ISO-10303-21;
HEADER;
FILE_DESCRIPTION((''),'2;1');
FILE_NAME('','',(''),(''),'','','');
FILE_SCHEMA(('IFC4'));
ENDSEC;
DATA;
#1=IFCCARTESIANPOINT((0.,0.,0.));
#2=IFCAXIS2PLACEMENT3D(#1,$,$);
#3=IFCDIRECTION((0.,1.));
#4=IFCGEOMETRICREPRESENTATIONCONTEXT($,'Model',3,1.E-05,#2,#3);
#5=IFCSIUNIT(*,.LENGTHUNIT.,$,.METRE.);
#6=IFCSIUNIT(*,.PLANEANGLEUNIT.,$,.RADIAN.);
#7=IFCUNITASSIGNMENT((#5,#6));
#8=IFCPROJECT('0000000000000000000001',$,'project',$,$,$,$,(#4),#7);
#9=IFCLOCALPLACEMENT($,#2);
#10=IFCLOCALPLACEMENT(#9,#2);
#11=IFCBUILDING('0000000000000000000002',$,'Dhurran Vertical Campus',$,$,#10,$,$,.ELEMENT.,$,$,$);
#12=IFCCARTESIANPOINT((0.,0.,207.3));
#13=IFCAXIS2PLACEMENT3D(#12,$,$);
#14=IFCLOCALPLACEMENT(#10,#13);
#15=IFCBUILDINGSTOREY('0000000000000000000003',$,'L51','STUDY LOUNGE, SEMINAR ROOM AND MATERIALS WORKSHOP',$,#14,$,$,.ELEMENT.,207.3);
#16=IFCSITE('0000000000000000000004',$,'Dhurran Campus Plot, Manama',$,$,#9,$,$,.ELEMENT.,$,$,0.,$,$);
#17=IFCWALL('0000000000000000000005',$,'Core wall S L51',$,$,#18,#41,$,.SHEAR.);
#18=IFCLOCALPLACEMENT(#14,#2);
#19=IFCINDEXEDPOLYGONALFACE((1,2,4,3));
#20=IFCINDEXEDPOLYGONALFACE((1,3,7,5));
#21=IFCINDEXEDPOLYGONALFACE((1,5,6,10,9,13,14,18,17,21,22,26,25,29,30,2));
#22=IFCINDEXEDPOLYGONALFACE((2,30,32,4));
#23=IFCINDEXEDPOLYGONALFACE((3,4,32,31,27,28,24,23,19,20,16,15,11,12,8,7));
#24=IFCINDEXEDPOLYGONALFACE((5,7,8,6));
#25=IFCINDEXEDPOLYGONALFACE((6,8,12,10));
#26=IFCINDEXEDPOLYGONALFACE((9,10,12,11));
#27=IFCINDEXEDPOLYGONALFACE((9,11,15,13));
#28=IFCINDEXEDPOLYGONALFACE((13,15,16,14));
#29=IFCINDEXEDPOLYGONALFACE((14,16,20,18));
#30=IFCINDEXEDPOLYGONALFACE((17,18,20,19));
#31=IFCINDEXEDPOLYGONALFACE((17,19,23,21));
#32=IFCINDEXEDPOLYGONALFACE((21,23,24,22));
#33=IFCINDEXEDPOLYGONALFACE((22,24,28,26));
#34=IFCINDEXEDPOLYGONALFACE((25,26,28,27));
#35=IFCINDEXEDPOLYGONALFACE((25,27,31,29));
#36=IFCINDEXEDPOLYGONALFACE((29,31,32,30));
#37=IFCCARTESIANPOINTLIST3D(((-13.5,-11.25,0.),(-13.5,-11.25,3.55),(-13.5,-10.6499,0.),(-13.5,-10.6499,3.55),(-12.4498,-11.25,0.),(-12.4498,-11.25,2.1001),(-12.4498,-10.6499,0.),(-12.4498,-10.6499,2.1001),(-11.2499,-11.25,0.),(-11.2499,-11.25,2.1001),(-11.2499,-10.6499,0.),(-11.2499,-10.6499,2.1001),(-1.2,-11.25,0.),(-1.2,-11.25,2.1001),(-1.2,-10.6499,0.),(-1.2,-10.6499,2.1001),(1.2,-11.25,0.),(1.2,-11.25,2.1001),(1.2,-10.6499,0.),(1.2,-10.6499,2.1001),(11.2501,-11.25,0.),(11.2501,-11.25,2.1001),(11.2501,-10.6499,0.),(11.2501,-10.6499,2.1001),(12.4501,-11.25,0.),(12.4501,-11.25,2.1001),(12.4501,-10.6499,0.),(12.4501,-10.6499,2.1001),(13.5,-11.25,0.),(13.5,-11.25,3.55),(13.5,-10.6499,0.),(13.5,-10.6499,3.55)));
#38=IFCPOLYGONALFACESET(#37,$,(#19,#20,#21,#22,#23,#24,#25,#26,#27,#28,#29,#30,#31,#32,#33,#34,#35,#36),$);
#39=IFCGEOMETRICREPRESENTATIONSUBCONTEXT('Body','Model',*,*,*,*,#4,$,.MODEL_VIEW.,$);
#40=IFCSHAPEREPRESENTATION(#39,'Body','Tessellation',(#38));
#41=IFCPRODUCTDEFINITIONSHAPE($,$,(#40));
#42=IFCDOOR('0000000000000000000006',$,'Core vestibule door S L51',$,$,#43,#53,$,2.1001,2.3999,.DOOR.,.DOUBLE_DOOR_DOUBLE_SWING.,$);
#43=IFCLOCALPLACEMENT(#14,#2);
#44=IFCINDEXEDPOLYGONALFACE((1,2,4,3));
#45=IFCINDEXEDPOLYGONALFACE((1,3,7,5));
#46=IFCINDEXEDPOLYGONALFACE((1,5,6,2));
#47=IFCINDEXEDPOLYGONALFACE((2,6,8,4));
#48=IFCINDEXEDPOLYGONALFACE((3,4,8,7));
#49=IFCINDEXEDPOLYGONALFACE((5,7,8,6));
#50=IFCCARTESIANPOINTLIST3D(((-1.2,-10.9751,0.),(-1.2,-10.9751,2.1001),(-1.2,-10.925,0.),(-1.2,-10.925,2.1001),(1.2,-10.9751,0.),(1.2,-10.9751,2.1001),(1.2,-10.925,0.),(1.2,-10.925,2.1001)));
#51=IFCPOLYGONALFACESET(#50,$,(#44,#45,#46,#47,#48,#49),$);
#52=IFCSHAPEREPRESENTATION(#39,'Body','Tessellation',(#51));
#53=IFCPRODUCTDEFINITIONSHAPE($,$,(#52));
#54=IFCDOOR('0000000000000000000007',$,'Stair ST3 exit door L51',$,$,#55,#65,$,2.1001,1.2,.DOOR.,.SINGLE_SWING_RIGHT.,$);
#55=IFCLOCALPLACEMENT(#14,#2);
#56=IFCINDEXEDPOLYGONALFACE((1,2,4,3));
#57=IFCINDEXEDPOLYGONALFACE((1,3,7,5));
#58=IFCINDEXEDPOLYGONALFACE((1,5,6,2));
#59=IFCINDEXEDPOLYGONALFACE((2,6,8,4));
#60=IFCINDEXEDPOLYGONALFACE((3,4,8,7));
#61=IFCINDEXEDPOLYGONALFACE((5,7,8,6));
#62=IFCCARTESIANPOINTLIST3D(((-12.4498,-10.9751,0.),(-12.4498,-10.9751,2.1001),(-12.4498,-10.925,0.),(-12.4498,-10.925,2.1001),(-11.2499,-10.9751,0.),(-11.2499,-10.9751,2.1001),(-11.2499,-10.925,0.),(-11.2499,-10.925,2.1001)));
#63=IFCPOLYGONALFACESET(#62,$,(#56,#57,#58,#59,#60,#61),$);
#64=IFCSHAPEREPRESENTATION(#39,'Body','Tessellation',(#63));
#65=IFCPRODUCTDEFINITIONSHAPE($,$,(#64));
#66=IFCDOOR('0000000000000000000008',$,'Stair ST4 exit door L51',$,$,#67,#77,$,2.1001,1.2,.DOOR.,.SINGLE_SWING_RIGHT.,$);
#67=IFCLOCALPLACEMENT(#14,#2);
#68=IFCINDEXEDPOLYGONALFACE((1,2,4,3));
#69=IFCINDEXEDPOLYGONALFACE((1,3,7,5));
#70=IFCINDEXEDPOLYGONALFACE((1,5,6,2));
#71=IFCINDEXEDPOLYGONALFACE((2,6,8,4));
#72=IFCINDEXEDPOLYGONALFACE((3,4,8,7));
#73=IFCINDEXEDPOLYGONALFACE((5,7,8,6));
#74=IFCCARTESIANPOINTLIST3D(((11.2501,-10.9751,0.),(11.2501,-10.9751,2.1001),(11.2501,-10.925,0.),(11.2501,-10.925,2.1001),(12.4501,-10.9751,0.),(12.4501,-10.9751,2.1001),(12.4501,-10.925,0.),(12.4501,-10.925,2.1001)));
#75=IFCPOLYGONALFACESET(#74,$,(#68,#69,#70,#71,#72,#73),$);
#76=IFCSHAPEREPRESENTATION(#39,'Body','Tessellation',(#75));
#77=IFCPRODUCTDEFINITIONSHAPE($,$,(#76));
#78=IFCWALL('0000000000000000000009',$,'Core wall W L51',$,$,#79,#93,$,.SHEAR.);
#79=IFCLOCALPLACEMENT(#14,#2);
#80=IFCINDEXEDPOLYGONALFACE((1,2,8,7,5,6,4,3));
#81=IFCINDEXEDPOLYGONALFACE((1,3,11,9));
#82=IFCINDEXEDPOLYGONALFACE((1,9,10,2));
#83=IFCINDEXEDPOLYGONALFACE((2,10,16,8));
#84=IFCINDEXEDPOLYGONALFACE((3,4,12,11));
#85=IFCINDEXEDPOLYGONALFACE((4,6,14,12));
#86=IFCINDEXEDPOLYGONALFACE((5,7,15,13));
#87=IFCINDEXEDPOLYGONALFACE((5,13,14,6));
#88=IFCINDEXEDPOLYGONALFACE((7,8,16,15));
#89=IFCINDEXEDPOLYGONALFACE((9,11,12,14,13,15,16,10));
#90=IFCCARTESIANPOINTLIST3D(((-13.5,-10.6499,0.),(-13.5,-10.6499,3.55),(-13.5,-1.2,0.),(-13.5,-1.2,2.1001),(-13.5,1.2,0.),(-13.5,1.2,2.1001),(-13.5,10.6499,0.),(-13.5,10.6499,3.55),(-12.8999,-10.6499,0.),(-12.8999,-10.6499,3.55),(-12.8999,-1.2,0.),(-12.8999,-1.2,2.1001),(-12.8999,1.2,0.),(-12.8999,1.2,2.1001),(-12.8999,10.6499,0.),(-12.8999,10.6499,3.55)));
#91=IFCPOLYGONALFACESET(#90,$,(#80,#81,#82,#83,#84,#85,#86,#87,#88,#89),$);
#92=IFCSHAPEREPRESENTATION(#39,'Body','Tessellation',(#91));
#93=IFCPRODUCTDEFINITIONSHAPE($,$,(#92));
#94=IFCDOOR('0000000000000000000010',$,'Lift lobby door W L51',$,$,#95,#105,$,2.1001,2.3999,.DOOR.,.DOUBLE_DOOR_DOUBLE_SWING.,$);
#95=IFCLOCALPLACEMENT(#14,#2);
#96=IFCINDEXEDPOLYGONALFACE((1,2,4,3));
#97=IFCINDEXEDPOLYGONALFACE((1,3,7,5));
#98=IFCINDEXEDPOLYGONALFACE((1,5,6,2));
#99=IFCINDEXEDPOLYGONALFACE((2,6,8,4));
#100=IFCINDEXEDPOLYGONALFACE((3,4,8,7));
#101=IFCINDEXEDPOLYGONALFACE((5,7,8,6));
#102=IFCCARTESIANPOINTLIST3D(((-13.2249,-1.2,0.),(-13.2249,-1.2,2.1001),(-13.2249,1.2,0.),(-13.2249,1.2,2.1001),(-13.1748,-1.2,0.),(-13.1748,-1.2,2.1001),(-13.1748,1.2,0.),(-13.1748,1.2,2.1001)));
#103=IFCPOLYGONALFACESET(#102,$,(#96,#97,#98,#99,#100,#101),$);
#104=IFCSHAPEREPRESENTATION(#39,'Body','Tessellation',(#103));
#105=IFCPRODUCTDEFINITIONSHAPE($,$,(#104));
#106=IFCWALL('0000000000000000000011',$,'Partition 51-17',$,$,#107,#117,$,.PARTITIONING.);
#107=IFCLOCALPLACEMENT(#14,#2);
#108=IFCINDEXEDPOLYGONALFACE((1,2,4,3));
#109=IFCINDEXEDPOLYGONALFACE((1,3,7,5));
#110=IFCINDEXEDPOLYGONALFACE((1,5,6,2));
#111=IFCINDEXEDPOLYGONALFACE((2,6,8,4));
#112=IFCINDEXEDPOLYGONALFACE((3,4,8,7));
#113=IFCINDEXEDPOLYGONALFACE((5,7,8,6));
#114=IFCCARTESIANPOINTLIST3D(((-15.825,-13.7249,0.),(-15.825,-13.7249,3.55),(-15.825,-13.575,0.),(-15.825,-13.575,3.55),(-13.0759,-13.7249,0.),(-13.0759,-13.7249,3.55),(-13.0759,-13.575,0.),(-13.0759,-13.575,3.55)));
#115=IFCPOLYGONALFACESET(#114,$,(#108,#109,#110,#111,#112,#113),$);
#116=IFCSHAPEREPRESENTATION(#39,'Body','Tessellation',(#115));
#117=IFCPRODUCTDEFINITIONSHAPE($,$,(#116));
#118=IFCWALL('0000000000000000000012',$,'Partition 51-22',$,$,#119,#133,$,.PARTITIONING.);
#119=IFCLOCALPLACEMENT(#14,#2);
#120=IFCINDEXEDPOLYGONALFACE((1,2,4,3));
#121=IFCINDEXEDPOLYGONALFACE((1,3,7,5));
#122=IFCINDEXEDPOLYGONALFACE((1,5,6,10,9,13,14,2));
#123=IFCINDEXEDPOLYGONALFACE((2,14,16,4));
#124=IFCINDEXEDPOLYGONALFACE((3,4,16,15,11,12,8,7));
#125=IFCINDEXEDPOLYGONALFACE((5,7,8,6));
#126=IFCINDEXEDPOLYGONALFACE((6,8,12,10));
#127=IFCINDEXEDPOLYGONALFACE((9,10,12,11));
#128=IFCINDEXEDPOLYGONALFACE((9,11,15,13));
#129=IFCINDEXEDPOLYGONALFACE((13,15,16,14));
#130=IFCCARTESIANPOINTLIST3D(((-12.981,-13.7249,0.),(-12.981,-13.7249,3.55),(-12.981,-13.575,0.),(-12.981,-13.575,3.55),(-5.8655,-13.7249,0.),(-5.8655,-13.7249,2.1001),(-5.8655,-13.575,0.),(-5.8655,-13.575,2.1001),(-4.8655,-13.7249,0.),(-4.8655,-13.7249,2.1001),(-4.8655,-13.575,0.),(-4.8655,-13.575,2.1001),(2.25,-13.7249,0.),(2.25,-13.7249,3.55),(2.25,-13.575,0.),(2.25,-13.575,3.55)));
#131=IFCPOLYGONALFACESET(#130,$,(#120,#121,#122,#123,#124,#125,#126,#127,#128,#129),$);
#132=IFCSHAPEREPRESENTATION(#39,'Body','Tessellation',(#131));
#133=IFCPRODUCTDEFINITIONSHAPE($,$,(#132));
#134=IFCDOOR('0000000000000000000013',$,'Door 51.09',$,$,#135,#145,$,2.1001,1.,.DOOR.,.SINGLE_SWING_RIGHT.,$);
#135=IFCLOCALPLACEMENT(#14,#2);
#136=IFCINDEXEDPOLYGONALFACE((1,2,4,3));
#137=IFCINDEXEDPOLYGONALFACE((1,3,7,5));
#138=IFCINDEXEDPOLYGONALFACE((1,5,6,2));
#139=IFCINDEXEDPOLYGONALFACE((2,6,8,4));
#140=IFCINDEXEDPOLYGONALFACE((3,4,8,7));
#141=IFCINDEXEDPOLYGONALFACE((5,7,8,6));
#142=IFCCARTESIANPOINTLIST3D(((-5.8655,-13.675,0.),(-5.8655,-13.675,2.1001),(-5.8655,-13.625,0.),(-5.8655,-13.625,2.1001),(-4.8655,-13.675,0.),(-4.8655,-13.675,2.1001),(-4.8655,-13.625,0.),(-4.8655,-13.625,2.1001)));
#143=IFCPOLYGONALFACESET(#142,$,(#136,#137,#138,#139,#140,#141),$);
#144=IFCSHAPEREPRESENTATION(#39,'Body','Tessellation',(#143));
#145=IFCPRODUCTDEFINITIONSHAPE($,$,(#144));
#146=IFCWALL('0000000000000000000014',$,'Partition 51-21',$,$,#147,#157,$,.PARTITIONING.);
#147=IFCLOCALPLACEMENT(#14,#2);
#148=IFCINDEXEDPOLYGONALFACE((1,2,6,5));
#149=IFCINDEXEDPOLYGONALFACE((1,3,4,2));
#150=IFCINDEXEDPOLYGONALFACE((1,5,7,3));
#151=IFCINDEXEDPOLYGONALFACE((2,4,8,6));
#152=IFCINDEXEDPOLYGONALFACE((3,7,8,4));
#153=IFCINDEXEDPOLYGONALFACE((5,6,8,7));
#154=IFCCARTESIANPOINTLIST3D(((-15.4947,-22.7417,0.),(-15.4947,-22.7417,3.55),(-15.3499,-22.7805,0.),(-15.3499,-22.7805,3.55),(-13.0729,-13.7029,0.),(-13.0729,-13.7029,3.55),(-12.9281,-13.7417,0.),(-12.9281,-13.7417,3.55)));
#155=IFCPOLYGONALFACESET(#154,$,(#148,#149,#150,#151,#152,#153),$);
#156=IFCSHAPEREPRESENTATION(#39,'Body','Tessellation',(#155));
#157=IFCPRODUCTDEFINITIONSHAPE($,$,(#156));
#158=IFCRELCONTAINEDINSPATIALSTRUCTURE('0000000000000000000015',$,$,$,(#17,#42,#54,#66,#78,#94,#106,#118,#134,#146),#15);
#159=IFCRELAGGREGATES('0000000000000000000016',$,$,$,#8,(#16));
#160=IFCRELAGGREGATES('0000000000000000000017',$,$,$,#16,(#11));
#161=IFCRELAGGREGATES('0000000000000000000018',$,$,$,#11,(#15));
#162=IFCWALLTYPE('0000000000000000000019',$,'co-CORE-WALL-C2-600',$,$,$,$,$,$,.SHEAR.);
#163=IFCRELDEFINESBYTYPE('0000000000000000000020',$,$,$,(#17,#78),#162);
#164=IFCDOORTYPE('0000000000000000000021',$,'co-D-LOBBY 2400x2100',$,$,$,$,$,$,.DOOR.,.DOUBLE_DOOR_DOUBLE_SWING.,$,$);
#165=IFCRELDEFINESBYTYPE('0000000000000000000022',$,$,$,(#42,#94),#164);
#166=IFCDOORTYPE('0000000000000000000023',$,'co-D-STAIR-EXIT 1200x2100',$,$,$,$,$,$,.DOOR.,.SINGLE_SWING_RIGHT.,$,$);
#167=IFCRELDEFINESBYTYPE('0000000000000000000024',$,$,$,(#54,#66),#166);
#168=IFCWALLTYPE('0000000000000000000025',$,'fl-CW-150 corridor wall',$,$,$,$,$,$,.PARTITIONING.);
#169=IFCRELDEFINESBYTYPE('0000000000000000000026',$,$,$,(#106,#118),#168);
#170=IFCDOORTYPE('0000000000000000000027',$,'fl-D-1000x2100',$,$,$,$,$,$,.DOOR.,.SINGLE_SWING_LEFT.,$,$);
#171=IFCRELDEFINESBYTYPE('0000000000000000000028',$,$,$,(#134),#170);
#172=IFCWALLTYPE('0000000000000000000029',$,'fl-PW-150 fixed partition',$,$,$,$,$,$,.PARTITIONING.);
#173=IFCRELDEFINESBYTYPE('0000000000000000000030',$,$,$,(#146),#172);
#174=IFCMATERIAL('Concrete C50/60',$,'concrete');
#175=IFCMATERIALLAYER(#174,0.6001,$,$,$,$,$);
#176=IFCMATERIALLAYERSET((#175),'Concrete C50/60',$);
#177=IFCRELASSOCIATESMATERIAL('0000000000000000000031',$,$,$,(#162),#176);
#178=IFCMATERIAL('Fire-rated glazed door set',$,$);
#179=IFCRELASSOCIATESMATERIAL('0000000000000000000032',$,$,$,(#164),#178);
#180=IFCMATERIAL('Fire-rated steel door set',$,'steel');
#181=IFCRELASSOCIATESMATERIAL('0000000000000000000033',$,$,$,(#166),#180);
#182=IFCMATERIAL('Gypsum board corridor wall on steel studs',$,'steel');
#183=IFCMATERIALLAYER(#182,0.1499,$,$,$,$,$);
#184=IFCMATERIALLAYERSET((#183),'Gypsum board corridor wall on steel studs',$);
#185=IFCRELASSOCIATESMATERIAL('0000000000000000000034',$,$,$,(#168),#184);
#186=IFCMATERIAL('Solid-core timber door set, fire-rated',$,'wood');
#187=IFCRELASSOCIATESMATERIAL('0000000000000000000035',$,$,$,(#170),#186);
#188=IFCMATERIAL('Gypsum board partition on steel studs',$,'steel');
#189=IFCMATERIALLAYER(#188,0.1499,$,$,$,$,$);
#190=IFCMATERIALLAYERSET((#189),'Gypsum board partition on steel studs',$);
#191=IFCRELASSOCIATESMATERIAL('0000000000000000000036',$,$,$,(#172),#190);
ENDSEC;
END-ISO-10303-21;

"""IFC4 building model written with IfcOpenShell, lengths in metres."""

from ifc_helpers import new_model, si_unit, direction, frame, frame_2d, origin, place, context, subcontext, project, spatial, rectangle, extrude, material, layer, layer_set, type_object, element, fill, save


model = new_model("IFC4")

# Units and contexts
model_context = context("Model", 3, precision=1e-05, world=origin(), true_north=direction((0.0, 1.0)))
body_context = subcontext(model_context, "Body", "Model", "MODEL_VIEW")
ifc_project = project(units=[si_unit("LENGTHUNIT", "METRE"), si_unit("PLANEANGLEUNIT", "RADIAN")], contexts=[model_context])

# Site, building, storey
site_placement = place(None, origin())
site = spatial("IfcSite", under=ifc_project, at=site_placement, Name="Dhurran Campus Plot, Manama", CompositionType="ELEMENT", RefElevation=0.0)
building_placement = place(site_placement, origin())
building = spatial("IfcBuilding", under=site, at=building_placement, Name="Dhurran Vertical Campus", CompositionType="ELEMENT")
storey_placement = place(building_placement, frame((0.0, 0.0, 207.3)))
storey = spatial("IfcBuildingStorey", under=building, at=storey_placement, Name="L51", Description="STUDY LOUNGE, SEMINAR ROOM AND MATERIALS WORKSHOP", CompositionType="ELEMENT", Elevation=207.3)

# Wall, openings, doors
ifc_material_1 = material(Name="Concrete C50/60", Category="concrete")
ifc_layer_1 = layer(ifc_material_1, 0.6001)
ifc_layer_set_1 = layer_set([ifc_layer_1], Name="Concrete C50/60")
wall_type_1 = type_object("IfcWallType", Name="co-CORE-WALL-C2-600", PredefinedType="SHEAR", material=ifc_layer_set_1)
wall_1_placement = place(storey_placement, frame((-13.5, -10.95, 0.0), z_axis=(0.0, 0.0, 1.0), x_axis=(1.0, 0.0, 0.0)))
wall_1 = element("IfcWall", 1, at=wall_1_placement, inside=storey, type_object=wall_type_1, Name="Core wall S L51", PredefinedType="SHEAR", context=body_context, shape_type="SweptSolid", body=[
    extrude(rectangle(XDim=27.0, YDim=0.6001, at=frame_2d((13.5, 0.0))), origin(), (0.0, 0.0, 1.0), 3.55),
])
opening_1_placement = place(wall_1_placement, frame((12.3, 0.0, 0.0)))
opening_1 = element("IfcOpeningElement", 2, at=opening_1_placement, cuts=wall_1, PredefinedType="OPENING", context=body_context, shape_type="SweptSolid", body=[
    extrude(rectangle(XDim=2.3999, YDim=2.1001, at=frame_2d((1.2, 1.05))), frame((0.0, 0.3101, 0.0), z_axis=(0.0, -1.0, 0.0), x_axis=(1.0, 0.0, 0.0)), (0.0, 0.0, 1.0), 0.6201),
])
opening_2_placement = place(wall_1_placement, frame((1.05, 0.0, 0.0)))
opening_2 = element("IfcOpeningElement", 3, at=opening_2_placement, cuts=wall_1, PredefinedType="OPENING", context=body_context, shape_type="SweptSolid", body=[
    extrude(rectangle(XDim=1.2, YDim=2.1001, at=frame_2d((0.6001, 1.05))), frame((0.0, 0.3101, 0.0), z_axis=(0.0, -1.0, 0.0), x_axis=(1.0, 0.0, 0.0)), (0.0, 0.0, 1.0), 0.6201),
])
opening_3_placement = place(wall_1_placement, frame((24.75, 0.0, 0.0)))
opening_3 = element("IfcOpeningElement", 4, at=opening_3_placement, cuts=wall_1, PredefinedType="OPENING", context=body_context, shape_type="SweptSolid", body=[
    extrude(rectangle(XDim=1.2, YDim=2.1001, at=frame_2d((0.6001, 1.05))), frame((0.0, 0.3101, 0.0), z_axis=(0.0, -1.0, 0.0), x_axis=(1.0, 0.0, 0.0)), (0.0, 0.0, 1.0), 0.6201),
])
ifc_material_2 = material(Name="Fire-rated glazed door set")
door_type_1 = type_object("IfcDoorType", Name="co-D-LOBBY 2400x2100", OperationType="DOUBLE_DOOR_DOUBLE_SWING", PredefinedType="DOOR", material=ifc_material_2)
door_1_placement = place(opening_1_placement, origin())
door_1 = element("IfcDoor", 5, at=door_1_placement, inside=storey, type_object=door_type_1, Name="Core vestibule door S L51", OperationType="DOUBLE_DOOR_DOUBLE_SWING", OverallHeight=2.1001, OverallWidth=2.3999, PredefinedType="DOOR", context=body_context, shape_type="SweptSolid", body=[
    extrude(rectangle(XDim=2.3999, YDim=2.1001, at=frame_2d((1.2, 1.05))), frame((0.0, 0.0249, 0.0), z_axis=(0.0, -1.0, 0.0), x_axis=(1.0, 0.0, 0.0)), (0.0, 0.0, 1.0), 0.05),
])
fill(opening_1, door_1)
ifc_material_3 = material(Name="Fire-rated steel door set", Category="steel")
door_type_2 = type_object("IfcDoorType", Name="co-D-STAIR-EXIT 1200x2100", OperationType="SINGLE_SWING_RIGHT", PredefinedType="DOOR", material=ifc_material_3)
door_2_placement = place(opening_2_placement, origin())
door_2 = element("IfcDoor", 6, at=door_2_placement, inside=storey, type_object=door_type_2, Name="Stair ST3 exit door L51", OperationType="SINGLE_SWING_RIGHT", OverallHeight=2.1001, OverallWidth=1.2, PredefinedType="DOOR", context=body_context, shape_type="SweptSolid", body=[
    extrude(rectangle(XDim=1.2, YDim=2.1001, at=frame_2d((0.6001, 1.05))), frame((0.0, 0.0249, 0.0), z_axis=(0.0, -1.0, 0.0), x_axis=(1.0, 0.0, 0.0)), (0.0, 0.0, 1.0), 0.05),
])
fill(opening_2, door_2)
door_3_placement = place(opening_3_placement, origin())
door_3 = element("IfcDoor", 7, at=door_3_placement, inside=storey, type_object=door_type_2, Name="Stair ST4 exit door L51", OperationType="SINGLE_SWING_RIGHT", OverallHeight=2.1001, OverallWidth=1.2, PredefinedType="DOOR", context=body_context, shape_type="SweptSolid", body=[
    extrude(rectangle(XDim=1.2, YDim=2.1001, at=frame_2d((0.6001, 1.05))), frame((0.0, 0.0249, 0.0), z_axis=(0.0, -1.0, 0.0), x_axis=(1.0, 0.0, 0.0)), (0.0, 0.0, 1.0), 0.05),
])
fill(opening_3, door_3)

# Wall, opening, door
wall_2_placement = place(storey_placement, frame((-13.2, -10.6499, 0.0), z_axis=(0.0, 0.0, 1.0), x_axis=(0.0, 1.0, 0.0)))
wall_2 = element("IfcWall", 8, at=wall_2_placement, inside=storey, type_object=wall_type_1, Name="Core wall W L51", PredefinedType="SHEAR", context=body_context, shape_type="SweptSolid", body=[
    extrude(rectangle(XDim=21.2998, YDim=0.6001, at=frame_2d((10.6499, 0.0))), origin(), (0.0, 0.0, 1.0), 3.55),
])
opening_4_placement = place(wall_2_placement, frame((9.45, 0.0, 0.0)))
opening_4 = element("IfcOpeningElement", 9, at=opening_4_placement, cuts=wall_2, PredefinedType="OPENING", context=body_context, shape_type="SweptSolid", body=[
    extrude(rectangle(XDim=2.3999, YDim=2.1001, at=frame_2d((1.2, 1.05))), frame((0.0, 0.3101, 0.0), z_axis=(0.0, -1.0, 0.0), x_axis=(1.0, 0.0, 0.0)), (0.0, 0.0, 1.0), 0.6201),
])
door_4_placement = place(opening_4_placement, origin())
door_4 = element("IfcDoor", 10, at=door_4_placement, inside=storey, type_object=door_type_1, Name="Lift lobby door W L51", OperationType="DOUBLE_DOOR_DOUBLE_SWING", OverallHeight=2.1001, OverallWidth=2.3999, PredefinedType="DOOR", context=body_context, shape_type="SweptSolid", body=[
    extrude(rectangle(XDim=2.3999, YDim=2.1001, at=frame_2d((1.2, 1.05))), frame((0.0, 0.0249, 0.0), z_axis=(0.0, -1.0, 0.0), x_axis=(1.0, 0.0, 0.0)), (0.0, 0.0, 1.0), 0.05),
])
fill(opening_4, door_4)

# Wall
ifc_material_4 = material(Name="Gypsum board corridor wall on steel studs", Category="steel")
ifc_layer_2 = layer(ifc_material_4, 0.1499)
ifc_layer_set_2 = layer_set([ifc_layer_2], Name="Gypsum board corridor wall on steel studs")
wall_type_2 = type_object("IfcWallType", Name="fl-CW-150 corridor wall", PredefinedType="PARTITIONING", material=ifc_layer_set_2)
wall_3_placement = place(storey_placement, frame((-15.825, -13.6499, 0.0), z_axis=(0.0, 0.0, 1.0), x_axis=(1.0, 0.0, 0.0)))
element("IfcWall", 11, at=wall_3_placement, inside=storey, type_object=wall_type_2, Name="Partition 51-17", PredefinedType="PARTITIONING", context=body_context, shape_type="SweptSolid", body=[
    extrude(rectangle(XDim=2.749, YDim=0.1499, at=frame_2d((1.3745, 0.0))), origin(), (0.0, 0.0, 1.0), 3.55),
])

# Wall, opening, door
wall_4_placement = place(storey_placement, frame((-12.981, -13.6499, 0.0), z_axis=(0.0, 0.0, 1.0), x_axis=(1.0, 0.0, 0.0)))
wall_4 = element("IfcWall", 12, at=wall_4_placement, inside=storey, type_object=wall_type_2, Name="Partition 51-22", PredefinedType="PARTITIONING", context=body_context, shape_type="SweptSolid", body=[
    extrude(rectangle(XDim=15.231, YDim=0.1499, at=frame_2d((7.6155, 0.0))), origin(), (0.0, 0.0, 1.0), 3.55),
])
opening_5_placement = place(wall_4_placement, frame((7.1155, 0.0, 0.0)))
opening_5 = element("IfcOpeningElement", 13, at=opening_5_placement, cuts=wall_4, PredefinedType="OPENING", context=body_context, shape_type="SweptSolid", body=[
    extrude(rectangle(XDim=1.0, YDim=2.1001, at=frame_2d((0.5, 1.05))), frame((0.0, 0.085, 0.0), z_axis=(0.0, -1.0, 0.0), x_axis=(1.0, 0.0, 0.0)), (0.0, 0.0, 1.0), 0.1699),
])
ifc_material_5 = material(Name="Solid-core timber door set, fire-rated", Category="wood")
door_type_3 = type_object("IfcDoorType", Name="fl-D-1000x2100", OperationType="SINGLE_SWING_LEFT", PredefinedType="DOOR", material=ifc_material_5)
door_5_placement = place(opening_5_placement, origin())
door_5 = element("IfcDoor", 14, at=door_5_placement, inside=storey, type_object=door_type_3, Name="Door 51.09", OperationType="SINGLE_SWING_RIGHT", OverallHeight=2.1001, OverallWidth=1.0, PredefinedType="DOOR", context=body_context, shape_type="SweptSolid", body=[
    extrude(rectangle(XDim=1.0, YDim=2.1001, at=frame_2d((0.5, 1.05))), frame((0.0, 0.0249, 0.0), z_axis=(0.0, -1.0, 0.0), x_axis=(1.0, 0.0, 0.0)), (0.0, 0.0, 1.0), 0.05),
])
fill(opening_5, door_5)

# Wall
ifc_material_6 = material(Name="Gypsum board partition on steel studs", Category="steel")
ifc_layer_3 = layer(ifc_material_6, 0.1499)
ifc_layer_set_3 = layer_set([ifc_layer_3], Name="Gypsum board partition on steel studs")
wall_type_3 = type_object("IfcWallType", Name="fl-PW-150 fixed partition", PredefinedType="PARTITIONING", material=ifc_layer_set_3)
wall_5_placement = place(storey_placement, frame((-13.0005, -13.7224, 0.0), z_axis=(0.0, 0.0, 1.0), x_axis=(-0.258812, -0.965928, 0.0)))
element("IfcWall", 15, at=wall_5_placement, inside=storey, type_object=wall_type_3, Name="Partition 51-21", PredefinedType="PARTITIONING", context=body_context, shape_type="SweptSolid", body=[
    extrude(rectangle(XDim=9.3577, YDim=0.1499, at=frame_2d((4.6787, 0.0))), origin(), (0.0, 0.0, 1.0), 3.55),
])

save(model, "model.ifc")
